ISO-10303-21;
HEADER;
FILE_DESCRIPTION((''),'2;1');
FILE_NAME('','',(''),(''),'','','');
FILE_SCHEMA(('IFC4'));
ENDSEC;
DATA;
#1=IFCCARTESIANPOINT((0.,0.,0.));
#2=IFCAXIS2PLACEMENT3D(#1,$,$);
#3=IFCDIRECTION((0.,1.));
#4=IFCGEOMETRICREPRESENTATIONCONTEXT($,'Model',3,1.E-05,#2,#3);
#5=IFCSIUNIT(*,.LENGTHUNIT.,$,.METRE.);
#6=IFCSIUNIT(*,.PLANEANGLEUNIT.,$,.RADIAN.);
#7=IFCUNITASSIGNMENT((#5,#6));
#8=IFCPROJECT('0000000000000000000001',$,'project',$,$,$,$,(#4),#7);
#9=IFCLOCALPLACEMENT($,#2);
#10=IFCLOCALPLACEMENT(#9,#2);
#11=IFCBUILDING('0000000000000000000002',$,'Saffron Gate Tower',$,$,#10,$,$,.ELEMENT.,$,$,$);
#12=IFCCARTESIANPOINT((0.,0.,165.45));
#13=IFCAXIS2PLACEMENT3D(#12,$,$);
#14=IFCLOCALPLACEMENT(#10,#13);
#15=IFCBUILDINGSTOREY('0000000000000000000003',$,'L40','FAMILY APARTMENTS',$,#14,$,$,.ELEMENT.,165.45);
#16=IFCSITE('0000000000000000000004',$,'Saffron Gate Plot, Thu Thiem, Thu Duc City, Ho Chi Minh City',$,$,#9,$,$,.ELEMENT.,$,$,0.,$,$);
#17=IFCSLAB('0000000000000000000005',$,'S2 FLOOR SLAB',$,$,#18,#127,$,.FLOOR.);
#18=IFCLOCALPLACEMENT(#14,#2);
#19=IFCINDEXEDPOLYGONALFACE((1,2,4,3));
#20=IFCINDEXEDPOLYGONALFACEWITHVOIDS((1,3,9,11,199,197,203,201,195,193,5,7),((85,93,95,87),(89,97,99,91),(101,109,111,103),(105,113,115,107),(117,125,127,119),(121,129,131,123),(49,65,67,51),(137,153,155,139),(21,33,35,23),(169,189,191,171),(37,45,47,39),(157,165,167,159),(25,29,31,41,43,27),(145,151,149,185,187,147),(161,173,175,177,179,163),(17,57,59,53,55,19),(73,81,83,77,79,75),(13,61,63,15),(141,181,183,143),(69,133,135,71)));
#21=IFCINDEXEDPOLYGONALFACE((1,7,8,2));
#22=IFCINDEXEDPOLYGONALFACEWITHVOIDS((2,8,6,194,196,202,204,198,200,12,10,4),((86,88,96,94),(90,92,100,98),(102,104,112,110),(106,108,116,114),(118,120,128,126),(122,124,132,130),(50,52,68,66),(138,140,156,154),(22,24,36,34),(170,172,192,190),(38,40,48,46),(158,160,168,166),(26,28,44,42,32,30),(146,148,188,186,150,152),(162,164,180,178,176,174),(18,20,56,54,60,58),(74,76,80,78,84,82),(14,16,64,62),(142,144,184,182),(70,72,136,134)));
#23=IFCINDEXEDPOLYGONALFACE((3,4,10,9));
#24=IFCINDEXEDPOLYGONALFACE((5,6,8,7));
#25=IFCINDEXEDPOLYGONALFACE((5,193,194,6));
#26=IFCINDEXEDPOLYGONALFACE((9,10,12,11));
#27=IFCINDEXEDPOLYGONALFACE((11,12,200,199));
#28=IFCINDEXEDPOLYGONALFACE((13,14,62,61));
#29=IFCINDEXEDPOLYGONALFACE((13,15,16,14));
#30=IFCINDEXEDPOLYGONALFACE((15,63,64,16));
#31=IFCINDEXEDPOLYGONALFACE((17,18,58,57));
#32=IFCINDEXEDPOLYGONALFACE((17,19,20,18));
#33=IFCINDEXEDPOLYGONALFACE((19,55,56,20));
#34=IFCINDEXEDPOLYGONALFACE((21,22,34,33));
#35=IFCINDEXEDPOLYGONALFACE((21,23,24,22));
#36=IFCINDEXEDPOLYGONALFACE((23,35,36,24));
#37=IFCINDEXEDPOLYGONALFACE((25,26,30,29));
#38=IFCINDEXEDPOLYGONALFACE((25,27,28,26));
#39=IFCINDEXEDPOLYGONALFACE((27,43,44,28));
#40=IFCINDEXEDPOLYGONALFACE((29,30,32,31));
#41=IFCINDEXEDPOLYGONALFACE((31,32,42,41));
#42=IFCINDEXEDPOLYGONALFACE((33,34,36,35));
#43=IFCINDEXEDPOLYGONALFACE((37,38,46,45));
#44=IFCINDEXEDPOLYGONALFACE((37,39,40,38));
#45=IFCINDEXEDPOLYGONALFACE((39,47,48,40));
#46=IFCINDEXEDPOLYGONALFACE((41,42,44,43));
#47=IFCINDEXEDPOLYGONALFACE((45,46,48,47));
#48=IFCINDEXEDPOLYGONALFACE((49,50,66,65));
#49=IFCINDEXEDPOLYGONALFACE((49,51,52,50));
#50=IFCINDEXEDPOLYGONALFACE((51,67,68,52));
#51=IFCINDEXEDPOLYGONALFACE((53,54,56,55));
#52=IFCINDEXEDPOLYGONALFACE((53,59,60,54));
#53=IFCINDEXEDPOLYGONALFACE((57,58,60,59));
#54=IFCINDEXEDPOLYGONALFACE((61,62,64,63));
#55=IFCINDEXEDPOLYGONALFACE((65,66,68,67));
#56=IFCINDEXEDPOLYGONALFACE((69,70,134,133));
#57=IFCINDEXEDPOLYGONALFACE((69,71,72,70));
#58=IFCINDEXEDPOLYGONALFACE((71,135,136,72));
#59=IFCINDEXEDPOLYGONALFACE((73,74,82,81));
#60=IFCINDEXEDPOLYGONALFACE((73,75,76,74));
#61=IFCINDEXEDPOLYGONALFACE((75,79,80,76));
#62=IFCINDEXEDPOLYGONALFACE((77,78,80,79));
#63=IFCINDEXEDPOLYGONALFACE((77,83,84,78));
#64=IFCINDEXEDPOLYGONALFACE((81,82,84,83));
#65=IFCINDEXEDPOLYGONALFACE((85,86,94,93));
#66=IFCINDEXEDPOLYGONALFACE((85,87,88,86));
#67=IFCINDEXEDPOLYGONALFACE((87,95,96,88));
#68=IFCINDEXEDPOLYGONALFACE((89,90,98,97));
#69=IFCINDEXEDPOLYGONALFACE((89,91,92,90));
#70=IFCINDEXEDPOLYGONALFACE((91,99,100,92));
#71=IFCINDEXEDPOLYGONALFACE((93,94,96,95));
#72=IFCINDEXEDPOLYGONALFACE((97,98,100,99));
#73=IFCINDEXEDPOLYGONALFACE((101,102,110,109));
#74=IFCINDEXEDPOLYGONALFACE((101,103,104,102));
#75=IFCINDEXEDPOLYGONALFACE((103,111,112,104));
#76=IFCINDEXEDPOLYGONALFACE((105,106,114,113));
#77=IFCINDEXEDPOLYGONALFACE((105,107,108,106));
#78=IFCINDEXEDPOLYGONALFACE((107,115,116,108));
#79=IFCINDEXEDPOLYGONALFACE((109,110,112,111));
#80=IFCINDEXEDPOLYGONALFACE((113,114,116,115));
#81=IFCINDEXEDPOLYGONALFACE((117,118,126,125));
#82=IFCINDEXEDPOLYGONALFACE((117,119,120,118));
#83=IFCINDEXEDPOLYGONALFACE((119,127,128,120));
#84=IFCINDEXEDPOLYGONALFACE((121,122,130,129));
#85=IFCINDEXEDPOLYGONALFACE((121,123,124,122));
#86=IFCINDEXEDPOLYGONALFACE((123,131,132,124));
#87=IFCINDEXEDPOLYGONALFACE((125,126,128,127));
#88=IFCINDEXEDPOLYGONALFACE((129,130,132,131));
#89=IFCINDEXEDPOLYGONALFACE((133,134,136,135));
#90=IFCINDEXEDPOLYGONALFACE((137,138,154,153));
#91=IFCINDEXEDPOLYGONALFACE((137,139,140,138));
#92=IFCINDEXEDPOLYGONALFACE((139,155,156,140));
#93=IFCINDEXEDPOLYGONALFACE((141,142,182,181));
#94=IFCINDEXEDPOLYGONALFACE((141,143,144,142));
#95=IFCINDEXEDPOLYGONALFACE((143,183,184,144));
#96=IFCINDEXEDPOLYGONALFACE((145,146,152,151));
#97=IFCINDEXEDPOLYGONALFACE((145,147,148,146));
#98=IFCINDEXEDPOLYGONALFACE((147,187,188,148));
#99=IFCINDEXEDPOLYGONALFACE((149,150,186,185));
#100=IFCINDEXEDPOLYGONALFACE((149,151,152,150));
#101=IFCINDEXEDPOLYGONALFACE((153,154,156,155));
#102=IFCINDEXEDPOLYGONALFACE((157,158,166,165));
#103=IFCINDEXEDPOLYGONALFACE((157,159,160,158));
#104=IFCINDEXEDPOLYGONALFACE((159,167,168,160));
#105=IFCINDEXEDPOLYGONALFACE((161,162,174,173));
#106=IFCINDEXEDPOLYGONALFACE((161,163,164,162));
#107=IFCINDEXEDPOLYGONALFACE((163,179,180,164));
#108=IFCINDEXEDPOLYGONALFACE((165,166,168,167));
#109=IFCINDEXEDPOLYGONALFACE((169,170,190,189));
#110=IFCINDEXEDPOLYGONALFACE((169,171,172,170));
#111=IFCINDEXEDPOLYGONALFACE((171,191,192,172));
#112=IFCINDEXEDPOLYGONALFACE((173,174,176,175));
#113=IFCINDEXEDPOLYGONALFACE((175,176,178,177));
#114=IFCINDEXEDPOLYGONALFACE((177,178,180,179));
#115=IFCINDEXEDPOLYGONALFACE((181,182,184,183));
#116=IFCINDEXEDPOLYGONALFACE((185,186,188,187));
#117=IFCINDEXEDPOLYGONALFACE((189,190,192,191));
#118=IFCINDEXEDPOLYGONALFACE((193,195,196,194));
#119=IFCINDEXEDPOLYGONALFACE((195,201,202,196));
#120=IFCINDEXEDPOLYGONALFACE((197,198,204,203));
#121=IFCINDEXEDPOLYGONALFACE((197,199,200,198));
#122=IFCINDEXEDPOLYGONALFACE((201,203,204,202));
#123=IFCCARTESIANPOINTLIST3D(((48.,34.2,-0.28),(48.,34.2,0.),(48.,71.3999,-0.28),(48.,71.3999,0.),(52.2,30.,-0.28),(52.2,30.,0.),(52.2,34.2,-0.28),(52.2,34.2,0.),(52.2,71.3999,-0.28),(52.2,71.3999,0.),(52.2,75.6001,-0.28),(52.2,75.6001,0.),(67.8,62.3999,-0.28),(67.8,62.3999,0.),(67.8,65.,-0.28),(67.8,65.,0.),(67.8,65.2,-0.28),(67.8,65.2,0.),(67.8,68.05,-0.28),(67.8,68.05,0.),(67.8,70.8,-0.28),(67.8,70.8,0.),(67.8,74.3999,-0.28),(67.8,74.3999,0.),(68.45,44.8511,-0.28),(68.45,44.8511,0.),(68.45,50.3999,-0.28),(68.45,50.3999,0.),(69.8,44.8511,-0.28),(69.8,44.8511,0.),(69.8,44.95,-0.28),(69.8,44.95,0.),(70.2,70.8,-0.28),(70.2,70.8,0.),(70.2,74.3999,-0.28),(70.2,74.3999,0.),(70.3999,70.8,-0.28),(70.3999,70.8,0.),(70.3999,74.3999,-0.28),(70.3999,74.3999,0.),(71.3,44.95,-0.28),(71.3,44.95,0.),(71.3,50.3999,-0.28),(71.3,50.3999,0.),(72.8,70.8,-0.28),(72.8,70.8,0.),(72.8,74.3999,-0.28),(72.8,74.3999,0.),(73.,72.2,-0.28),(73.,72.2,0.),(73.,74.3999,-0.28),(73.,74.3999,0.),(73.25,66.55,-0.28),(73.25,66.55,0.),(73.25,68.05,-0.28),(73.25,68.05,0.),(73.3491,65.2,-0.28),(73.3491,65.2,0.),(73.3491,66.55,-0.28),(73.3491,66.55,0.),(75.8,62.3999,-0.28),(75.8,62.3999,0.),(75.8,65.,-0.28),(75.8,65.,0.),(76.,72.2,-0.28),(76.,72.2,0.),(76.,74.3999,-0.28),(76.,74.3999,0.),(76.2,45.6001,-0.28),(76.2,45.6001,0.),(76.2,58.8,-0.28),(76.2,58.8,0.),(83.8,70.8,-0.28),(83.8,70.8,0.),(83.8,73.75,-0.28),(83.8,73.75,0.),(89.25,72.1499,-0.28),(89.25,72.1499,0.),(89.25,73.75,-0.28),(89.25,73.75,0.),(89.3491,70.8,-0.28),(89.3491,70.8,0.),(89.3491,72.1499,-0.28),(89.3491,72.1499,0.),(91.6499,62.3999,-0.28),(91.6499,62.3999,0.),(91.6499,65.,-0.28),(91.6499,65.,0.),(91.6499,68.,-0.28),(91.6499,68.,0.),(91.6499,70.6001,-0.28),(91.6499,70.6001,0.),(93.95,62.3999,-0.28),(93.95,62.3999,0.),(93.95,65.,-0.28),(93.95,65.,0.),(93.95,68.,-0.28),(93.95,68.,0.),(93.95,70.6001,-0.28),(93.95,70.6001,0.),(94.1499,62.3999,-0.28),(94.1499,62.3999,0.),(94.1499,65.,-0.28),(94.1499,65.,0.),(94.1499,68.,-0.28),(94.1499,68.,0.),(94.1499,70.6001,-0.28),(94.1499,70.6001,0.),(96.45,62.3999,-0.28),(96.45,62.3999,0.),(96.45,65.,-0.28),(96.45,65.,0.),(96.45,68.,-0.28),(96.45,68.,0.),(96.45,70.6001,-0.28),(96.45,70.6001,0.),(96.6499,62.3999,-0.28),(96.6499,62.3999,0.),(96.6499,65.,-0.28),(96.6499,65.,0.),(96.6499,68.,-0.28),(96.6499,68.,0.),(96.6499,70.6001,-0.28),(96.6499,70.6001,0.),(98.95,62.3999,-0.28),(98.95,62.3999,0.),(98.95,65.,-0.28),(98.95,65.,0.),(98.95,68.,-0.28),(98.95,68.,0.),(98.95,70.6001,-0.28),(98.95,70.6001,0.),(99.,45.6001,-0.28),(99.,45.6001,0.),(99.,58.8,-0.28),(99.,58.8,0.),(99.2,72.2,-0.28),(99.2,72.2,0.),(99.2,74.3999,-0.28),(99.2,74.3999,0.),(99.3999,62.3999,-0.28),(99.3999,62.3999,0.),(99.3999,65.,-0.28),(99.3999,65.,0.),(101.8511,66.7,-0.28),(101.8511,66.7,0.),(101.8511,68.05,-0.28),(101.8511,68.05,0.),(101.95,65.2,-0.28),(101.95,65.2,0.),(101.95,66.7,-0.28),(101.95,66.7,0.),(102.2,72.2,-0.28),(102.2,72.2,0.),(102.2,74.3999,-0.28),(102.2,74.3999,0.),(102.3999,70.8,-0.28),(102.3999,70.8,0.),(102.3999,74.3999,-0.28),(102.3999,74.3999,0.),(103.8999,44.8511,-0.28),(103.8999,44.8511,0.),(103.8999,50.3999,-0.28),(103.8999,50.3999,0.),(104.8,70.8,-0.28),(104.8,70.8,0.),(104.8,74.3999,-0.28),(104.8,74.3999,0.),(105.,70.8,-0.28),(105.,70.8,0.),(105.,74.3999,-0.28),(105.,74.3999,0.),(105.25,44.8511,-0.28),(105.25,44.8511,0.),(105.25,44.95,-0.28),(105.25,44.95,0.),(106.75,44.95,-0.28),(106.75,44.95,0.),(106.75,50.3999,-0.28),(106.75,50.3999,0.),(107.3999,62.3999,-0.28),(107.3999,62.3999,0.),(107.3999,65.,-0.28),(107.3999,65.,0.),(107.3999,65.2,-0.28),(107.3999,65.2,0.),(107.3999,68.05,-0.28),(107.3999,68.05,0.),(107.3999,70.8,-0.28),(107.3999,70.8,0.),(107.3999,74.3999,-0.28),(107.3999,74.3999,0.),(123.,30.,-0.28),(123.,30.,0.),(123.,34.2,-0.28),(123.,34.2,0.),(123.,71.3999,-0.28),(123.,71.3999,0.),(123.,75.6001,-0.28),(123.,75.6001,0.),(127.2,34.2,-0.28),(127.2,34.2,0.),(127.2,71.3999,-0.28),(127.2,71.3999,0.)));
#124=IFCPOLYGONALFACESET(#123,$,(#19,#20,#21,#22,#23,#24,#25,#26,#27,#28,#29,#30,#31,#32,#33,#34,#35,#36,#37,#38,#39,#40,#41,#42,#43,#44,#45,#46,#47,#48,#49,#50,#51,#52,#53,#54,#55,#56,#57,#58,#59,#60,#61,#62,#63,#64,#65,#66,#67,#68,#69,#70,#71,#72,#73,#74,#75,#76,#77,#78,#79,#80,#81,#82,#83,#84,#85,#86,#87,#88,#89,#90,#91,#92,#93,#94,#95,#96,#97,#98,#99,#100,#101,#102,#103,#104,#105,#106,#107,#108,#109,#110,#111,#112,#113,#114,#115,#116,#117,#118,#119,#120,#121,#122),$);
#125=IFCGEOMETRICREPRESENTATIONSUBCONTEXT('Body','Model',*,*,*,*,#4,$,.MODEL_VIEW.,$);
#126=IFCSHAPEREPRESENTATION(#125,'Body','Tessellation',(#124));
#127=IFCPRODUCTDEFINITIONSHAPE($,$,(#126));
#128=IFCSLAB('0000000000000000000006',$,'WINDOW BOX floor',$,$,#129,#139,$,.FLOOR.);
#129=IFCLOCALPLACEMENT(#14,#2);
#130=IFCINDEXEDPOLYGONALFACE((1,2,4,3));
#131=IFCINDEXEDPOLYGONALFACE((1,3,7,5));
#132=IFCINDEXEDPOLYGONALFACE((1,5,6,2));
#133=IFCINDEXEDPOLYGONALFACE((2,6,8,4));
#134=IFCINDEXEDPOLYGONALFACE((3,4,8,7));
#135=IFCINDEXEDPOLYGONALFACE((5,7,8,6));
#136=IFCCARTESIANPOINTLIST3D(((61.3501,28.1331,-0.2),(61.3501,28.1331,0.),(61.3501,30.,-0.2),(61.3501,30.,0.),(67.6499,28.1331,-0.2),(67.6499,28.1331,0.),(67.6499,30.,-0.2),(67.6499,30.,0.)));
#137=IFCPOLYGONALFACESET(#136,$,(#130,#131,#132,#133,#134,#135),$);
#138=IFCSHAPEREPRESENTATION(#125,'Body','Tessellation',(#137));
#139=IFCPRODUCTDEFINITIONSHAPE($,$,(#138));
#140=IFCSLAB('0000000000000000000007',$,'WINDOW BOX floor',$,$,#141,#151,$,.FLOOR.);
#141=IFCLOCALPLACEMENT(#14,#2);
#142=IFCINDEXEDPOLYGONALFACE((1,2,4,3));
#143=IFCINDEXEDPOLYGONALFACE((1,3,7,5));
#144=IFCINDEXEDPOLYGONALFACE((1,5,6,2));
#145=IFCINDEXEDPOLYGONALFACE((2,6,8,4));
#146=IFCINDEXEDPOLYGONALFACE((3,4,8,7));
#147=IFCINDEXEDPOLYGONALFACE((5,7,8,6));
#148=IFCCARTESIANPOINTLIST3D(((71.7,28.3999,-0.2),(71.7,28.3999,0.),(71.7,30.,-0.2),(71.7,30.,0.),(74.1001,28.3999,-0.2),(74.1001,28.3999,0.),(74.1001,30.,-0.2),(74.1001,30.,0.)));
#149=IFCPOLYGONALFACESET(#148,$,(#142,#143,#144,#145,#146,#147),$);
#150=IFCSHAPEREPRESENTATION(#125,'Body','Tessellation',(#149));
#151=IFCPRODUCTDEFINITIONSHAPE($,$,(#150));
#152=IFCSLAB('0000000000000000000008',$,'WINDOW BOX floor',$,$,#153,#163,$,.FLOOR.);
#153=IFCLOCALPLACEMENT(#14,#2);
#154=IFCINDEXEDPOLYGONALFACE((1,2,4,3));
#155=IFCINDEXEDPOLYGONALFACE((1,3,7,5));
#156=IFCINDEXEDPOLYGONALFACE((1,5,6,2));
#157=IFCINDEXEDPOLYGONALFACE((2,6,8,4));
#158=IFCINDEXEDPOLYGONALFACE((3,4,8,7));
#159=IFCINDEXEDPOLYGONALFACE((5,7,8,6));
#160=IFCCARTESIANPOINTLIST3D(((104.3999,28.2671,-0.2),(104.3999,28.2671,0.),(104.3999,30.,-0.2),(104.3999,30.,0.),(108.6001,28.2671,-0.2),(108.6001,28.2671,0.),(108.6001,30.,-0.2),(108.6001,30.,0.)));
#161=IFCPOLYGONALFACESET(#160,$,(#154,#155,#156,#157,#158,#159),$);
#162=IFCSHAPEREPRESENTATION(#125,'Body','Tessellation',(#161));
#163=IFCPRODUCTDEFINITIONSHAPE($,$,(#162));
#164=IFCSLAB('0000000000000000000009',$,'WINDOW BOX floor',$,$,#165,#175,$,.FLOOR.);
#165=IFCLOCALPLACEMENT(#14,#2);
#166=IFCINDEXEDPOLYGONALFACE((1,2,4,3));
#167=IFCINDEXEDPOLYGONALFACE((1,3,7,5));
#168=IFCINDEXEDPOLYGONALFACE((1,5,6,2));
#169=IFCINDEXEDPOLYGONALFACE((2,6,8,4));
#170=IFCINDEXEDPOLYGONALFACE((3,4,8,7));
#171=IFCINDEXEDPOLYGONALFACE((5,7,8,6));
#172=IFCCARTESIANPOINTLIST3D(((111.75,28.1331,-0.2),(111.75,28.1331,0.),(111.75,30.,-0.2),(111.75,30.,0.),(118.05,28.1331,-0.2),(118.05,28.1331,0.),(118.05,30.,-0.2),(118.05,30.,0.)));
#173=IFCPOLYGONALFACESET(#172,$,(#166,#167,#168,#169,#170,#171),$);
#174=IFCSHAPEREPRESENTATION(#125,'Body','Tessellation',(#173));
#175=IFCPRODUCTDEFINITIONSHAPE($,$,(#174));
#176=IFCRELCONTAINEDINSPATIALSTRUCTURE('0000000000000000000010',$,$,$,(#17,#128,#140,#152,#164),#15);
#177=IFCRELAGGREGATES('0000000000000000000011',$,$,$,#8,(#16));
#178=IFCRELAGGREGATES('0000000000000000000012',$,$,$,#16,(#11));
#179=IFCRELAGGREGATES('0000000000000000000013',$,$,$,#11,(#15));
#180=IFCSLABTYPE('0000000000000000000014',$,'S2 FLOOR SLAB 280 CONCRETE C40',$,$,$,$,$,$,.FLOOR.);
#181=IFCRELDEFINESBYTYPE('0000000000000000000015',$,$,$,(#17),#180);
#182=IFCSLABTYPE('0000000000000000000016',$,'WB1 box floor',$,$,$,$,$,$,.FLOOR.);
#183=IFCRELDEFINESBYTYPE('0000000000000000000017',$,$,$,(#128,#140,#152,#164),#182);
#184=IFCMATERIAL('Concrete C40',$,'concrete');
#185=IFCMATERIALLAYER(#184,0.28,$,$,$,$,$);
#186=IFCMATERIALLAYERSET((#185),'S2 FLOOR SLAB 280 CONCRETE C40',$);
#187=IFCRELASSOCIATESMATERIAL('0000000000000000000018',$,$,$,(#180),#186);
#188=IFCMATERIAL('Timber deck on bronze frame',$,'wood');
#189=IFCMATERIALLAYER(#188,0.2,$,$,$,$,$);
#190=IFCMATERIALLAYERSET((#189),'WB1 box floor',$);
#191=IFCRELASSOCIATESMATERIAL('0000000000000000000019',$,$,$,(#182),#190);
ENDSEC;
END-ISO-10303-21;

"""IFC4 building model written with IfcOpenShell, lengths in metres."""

from ifc_helpers import new_model, si_unit, direction, frame, origin, place, context, subcontext, project, spatial, polyline, outline, extrude, material, layer, layer_set, type_object, element, save


model = new_model("IFC4")

# Units and contexts
model_context = context("Model", 3, precision=1e-05, world=origin(), true_north=direction((0.0, 1.0)))
body_context = subcontext(model_context, "Body", "Model", "MODEL_VIEW")
ifc_project = project(units=[si_unit("LENGTHUNIT", "METRE"), si_unit("PLANEANGLEUNIT", "RADIAN")], contexts=[model_context])

# Site, building, storey
site_placement = place(None, origin())
site = spatial("IfcSite", under=ifc_project, at=site_placement, Name="Saffron Gate Plot, Thu Thiem, Thu Duc City, Ho Chi Minh City", CompositionType="ELEMENT", RefElevation=0.0)
building_placement = place(site_placement, origin())
building = spatial("IfcBuilding", under=site, at=building_placement, Name="Saffron Gate Tower", CompositionType="ELEMENT")
storey_placement = place(building_placement, frame((0.0, 0.0, 165.45)))
storey = spatial("IfcBuildingStorey", under=building, at=storey_placement, Name="L40", Description="FAMILY APARTMENTS", CompositionType="ELEMENT", Elevation=165.45)

# Slabs
ifc_material_1 = material(Name="Concrete C40", Category="concrete")
ifc_layer_1 = layer(ifc_material_1, 0.28)
ifc_layer_set_1 = layer_set([ifc_layer_1], Name="S2 FLOOR SLAB 280 CONCRETE C40")
slab_type_1 = type_object("IfcSlabType", Name="S2 FLOOR SLAB 280 CONCRETE C40", PredefinedType="FLOOR", material=ifc_layer_set_1)
slab_1_placement = place(storey_placement, frame((0.0, 0.0, -0.28)))
element("IfcSlab", 1, at=slab_1_placement, inside=storey, type_object=slab_type_1, Name="S2 FLOOR SLAB", PredefinedType="FLOOR", context=body_context, shape_type="SweptSolid", body=[
    extrude(outline(polyline([(48.0, 34.2), (52.2, 34.2), (52.2, 30.0), (123.0, 30.0), (123.0, 34.2), (127.2, 34.2), (127.2, 71.3999), (123.0, 71.3999), (123.0, 75.6001), (52.2, 75.6001), (52.2, 71.3999), (48.0, 71.3999), (48.0, 34.2)]), holes=[polyline([(67.8, 62.3999), (67.8, 65.0), (75.8, 65.0), (75.8, 62.3999), (67.8, 62.3999)]), polyline([(67.8, 65.2), (67.8, 68.05), (73.25, 68.05), (73.25, 66.55), (73.3491, 66.55), (73.3491, 65.2), (67.8, 65.2)]), polyline([(67.8, 70.8), (67.8, 74.3999), (70.2, 74.3999), (70.2, 70.8), (67.8, 70.8)]), polyline([(68.45, 44.8511), (68.45, 50.3999), (71.3, 50.3999), (71.3, 44.95), (69.8, 44.95), (69.8, 44.8511), (68.45, 44.8511)]), polyline([(70.3999, 70.8), (70.3999, 74.3999), (72.8, 74.3999), (72.8, 70.8), (70.3999, 70.8)]), polyline([(73.0, 72.2), (73.0, 74.3999), (76.0, 74.3999), (76.0, 72.2), (73.0, 72.2)]), polyline([(76.2, 45.6001), (76.2, 58.8), (99.0, 58.8), (99.0, 45.6001), (76.2, 45.6001)]), polyline([(83.8, 70.8), (83.8, 73.75), (89.25, 73.75), (89.25, 72.1499), (89.3491, 72.1499), (89.3491, 70.8), (83.8, 70.8)]), polyline([(91.6499, 62.3999), (91.6499, 65.0), (93.95, 65.0), (93.95, 62.3999), (91.6499, 62.3999)]), polyline([(91.6499, 68.0), (91.6499, 70.6001), (93.95, 70.6001), (93.95, 68.0), (91.6499, 68.0)]), polyline([(94.1499, 62.3999), (94.1499, 65.0), (96.45, 65.0), (96.45, 62.3999), (94.1499, 62.3999)]), polyline([(94.1499, 68.0), (94.1499, 70.6001), (96.45, 70.6001), (96.45, 68.0), (94.1499, 68.0)]), polyline([(96.6499, 62.3999), (96.6499, 65.0), (98.95, 65.0), (98.95, 62.3999), (96.6499, 62.3999)]), polyline([(96.6499, 68.0), (96.6499, 70.6001), (98.95, 70.6001), (98.95, 68.0), (96.6499, 68.0)]), polyline([(99.2, 72.2), (99.2, 74.3999), (102.2, 74.3999), (102.2, 72.2), (99.2, 72.2)]), polyline([(99.3999, 62.3999), (99.3999, 65.0), (107.3999, 65.0), (107.3999, 62.3999), (99.3999, 62.3999)]), polyline([(101.8511, 66.7), (101.8511, 68.05), (107.3999, 68.05), (107.3999, 65.2), (101.95, 65.2), (101.95, 66.7), (101.8511, 66.7)]), polyline([(102.3999, 70.8), (102.3999, 74.3999), (104.8, 74.3999), (104.8, 70.8), (102.3999, 70.8)]), polyline([(103.8999, 44.8511), (103.8999, 50.3999), (106.75, 50.3999), (106.75, 44.95), (105.25, 44.95), (105.25, 44.8511), (103.8999, 44.8511)]), polyline([(105.0, 70.8), (105.0, 74.3999), (107.3999, 74.3999), (107.3999, 70.8), (105.0, 70.8)])]), origin(), (0.0, 0.0, 1.0), 0.28),
])
ifc_material_2 = material(Name="Timber deck on bronze frame", Category="wood")
ifc_layer_2 = layer(ifc_material_2, 0.2)
ifc_layer_set_2 = layer_set([ifc_layer_2], Name="WB1 box floor")
slab_type_2 = type_object("IfcSlabType", Name="WB1 box floor", PredefinedType="FLOOR", material=ifc_layer_set_2)
slab_2_placement = place(storey_placement, frame((0.0, 0.0, -0.2)))
element("IfcSlab", 2, at=slab_2_placement, inside=storey, type_object=slab_type_2, Name="WINDOW BOX floor", PredefinedType="FLOOR", context=body_context, shape_type="SweptSolid", body=[
    extrude(outline(polyline([(61.3501, 30.0), (67.6499, 30.0), (67.6499, 28.1331), (61.3501, 28.1331), (61.3501, 30.0)])), origin(), (0.0, 0.0, 1.0), 0.2),
])
slab_3_placement = place(storey_placement, frame((0.0, 0.0, -0.2)))
element("IfcSlab", 3, at=slab_3_placement, inside=storey, type_object=slab_type_2, Name="WINDOW BOX floor", PredefinedType="FLOOR", context=body_context, shape_type="SweptSolid", body=[
    extrude(outline(polyline([(71.7, 30.0), (74.1001, 30.0), (74.1001, 28.3999), (71.7, 28.3999), (71.7, 30.0)])), origin(), (0.0, 0.0, 1.0), 0.2),
])
slab_4_placement = place(storey_placement, frame((0.0, 0.0, -0.2)))
element("IfcSlab", 4, at=slab_4_placement, inside=storey, type_object=slab_type_2, Name="WINDOW BOX floor", PredefinedType="FLOOR", context=body_context, shape_type="SweptSolid", body=[
    extrude(outline(polyline([(104.3999, 30.0), (108.6001, 30.0), (108.6001, 28.2671), (104.3999, 28.2671), (104.3999, 30.0)])), origin(), (0.0, 0.0, 1.0), 0.2),
])
slab_5_placement = place(storey_placement, frame((0.0, 0.0, -0.2)))
element("IfcSlab", 5, at=slab_5_placement, inside=storey, type_object=slab_type_2, Name="WINDOW BOX floor", PredefinedType="FLOOR", context=body_context, shape_type="SweptSolid", body=[
    extrude(outline(polyline([(111.75, 30.0), (118.05, 30.0), (118.05, 28.1331), (111.75, 28.1331), (111.75, 30.0)])), origin(), (0.0, 0.0, 1.0), 0.2),
])

save(model, "model.ifc")
